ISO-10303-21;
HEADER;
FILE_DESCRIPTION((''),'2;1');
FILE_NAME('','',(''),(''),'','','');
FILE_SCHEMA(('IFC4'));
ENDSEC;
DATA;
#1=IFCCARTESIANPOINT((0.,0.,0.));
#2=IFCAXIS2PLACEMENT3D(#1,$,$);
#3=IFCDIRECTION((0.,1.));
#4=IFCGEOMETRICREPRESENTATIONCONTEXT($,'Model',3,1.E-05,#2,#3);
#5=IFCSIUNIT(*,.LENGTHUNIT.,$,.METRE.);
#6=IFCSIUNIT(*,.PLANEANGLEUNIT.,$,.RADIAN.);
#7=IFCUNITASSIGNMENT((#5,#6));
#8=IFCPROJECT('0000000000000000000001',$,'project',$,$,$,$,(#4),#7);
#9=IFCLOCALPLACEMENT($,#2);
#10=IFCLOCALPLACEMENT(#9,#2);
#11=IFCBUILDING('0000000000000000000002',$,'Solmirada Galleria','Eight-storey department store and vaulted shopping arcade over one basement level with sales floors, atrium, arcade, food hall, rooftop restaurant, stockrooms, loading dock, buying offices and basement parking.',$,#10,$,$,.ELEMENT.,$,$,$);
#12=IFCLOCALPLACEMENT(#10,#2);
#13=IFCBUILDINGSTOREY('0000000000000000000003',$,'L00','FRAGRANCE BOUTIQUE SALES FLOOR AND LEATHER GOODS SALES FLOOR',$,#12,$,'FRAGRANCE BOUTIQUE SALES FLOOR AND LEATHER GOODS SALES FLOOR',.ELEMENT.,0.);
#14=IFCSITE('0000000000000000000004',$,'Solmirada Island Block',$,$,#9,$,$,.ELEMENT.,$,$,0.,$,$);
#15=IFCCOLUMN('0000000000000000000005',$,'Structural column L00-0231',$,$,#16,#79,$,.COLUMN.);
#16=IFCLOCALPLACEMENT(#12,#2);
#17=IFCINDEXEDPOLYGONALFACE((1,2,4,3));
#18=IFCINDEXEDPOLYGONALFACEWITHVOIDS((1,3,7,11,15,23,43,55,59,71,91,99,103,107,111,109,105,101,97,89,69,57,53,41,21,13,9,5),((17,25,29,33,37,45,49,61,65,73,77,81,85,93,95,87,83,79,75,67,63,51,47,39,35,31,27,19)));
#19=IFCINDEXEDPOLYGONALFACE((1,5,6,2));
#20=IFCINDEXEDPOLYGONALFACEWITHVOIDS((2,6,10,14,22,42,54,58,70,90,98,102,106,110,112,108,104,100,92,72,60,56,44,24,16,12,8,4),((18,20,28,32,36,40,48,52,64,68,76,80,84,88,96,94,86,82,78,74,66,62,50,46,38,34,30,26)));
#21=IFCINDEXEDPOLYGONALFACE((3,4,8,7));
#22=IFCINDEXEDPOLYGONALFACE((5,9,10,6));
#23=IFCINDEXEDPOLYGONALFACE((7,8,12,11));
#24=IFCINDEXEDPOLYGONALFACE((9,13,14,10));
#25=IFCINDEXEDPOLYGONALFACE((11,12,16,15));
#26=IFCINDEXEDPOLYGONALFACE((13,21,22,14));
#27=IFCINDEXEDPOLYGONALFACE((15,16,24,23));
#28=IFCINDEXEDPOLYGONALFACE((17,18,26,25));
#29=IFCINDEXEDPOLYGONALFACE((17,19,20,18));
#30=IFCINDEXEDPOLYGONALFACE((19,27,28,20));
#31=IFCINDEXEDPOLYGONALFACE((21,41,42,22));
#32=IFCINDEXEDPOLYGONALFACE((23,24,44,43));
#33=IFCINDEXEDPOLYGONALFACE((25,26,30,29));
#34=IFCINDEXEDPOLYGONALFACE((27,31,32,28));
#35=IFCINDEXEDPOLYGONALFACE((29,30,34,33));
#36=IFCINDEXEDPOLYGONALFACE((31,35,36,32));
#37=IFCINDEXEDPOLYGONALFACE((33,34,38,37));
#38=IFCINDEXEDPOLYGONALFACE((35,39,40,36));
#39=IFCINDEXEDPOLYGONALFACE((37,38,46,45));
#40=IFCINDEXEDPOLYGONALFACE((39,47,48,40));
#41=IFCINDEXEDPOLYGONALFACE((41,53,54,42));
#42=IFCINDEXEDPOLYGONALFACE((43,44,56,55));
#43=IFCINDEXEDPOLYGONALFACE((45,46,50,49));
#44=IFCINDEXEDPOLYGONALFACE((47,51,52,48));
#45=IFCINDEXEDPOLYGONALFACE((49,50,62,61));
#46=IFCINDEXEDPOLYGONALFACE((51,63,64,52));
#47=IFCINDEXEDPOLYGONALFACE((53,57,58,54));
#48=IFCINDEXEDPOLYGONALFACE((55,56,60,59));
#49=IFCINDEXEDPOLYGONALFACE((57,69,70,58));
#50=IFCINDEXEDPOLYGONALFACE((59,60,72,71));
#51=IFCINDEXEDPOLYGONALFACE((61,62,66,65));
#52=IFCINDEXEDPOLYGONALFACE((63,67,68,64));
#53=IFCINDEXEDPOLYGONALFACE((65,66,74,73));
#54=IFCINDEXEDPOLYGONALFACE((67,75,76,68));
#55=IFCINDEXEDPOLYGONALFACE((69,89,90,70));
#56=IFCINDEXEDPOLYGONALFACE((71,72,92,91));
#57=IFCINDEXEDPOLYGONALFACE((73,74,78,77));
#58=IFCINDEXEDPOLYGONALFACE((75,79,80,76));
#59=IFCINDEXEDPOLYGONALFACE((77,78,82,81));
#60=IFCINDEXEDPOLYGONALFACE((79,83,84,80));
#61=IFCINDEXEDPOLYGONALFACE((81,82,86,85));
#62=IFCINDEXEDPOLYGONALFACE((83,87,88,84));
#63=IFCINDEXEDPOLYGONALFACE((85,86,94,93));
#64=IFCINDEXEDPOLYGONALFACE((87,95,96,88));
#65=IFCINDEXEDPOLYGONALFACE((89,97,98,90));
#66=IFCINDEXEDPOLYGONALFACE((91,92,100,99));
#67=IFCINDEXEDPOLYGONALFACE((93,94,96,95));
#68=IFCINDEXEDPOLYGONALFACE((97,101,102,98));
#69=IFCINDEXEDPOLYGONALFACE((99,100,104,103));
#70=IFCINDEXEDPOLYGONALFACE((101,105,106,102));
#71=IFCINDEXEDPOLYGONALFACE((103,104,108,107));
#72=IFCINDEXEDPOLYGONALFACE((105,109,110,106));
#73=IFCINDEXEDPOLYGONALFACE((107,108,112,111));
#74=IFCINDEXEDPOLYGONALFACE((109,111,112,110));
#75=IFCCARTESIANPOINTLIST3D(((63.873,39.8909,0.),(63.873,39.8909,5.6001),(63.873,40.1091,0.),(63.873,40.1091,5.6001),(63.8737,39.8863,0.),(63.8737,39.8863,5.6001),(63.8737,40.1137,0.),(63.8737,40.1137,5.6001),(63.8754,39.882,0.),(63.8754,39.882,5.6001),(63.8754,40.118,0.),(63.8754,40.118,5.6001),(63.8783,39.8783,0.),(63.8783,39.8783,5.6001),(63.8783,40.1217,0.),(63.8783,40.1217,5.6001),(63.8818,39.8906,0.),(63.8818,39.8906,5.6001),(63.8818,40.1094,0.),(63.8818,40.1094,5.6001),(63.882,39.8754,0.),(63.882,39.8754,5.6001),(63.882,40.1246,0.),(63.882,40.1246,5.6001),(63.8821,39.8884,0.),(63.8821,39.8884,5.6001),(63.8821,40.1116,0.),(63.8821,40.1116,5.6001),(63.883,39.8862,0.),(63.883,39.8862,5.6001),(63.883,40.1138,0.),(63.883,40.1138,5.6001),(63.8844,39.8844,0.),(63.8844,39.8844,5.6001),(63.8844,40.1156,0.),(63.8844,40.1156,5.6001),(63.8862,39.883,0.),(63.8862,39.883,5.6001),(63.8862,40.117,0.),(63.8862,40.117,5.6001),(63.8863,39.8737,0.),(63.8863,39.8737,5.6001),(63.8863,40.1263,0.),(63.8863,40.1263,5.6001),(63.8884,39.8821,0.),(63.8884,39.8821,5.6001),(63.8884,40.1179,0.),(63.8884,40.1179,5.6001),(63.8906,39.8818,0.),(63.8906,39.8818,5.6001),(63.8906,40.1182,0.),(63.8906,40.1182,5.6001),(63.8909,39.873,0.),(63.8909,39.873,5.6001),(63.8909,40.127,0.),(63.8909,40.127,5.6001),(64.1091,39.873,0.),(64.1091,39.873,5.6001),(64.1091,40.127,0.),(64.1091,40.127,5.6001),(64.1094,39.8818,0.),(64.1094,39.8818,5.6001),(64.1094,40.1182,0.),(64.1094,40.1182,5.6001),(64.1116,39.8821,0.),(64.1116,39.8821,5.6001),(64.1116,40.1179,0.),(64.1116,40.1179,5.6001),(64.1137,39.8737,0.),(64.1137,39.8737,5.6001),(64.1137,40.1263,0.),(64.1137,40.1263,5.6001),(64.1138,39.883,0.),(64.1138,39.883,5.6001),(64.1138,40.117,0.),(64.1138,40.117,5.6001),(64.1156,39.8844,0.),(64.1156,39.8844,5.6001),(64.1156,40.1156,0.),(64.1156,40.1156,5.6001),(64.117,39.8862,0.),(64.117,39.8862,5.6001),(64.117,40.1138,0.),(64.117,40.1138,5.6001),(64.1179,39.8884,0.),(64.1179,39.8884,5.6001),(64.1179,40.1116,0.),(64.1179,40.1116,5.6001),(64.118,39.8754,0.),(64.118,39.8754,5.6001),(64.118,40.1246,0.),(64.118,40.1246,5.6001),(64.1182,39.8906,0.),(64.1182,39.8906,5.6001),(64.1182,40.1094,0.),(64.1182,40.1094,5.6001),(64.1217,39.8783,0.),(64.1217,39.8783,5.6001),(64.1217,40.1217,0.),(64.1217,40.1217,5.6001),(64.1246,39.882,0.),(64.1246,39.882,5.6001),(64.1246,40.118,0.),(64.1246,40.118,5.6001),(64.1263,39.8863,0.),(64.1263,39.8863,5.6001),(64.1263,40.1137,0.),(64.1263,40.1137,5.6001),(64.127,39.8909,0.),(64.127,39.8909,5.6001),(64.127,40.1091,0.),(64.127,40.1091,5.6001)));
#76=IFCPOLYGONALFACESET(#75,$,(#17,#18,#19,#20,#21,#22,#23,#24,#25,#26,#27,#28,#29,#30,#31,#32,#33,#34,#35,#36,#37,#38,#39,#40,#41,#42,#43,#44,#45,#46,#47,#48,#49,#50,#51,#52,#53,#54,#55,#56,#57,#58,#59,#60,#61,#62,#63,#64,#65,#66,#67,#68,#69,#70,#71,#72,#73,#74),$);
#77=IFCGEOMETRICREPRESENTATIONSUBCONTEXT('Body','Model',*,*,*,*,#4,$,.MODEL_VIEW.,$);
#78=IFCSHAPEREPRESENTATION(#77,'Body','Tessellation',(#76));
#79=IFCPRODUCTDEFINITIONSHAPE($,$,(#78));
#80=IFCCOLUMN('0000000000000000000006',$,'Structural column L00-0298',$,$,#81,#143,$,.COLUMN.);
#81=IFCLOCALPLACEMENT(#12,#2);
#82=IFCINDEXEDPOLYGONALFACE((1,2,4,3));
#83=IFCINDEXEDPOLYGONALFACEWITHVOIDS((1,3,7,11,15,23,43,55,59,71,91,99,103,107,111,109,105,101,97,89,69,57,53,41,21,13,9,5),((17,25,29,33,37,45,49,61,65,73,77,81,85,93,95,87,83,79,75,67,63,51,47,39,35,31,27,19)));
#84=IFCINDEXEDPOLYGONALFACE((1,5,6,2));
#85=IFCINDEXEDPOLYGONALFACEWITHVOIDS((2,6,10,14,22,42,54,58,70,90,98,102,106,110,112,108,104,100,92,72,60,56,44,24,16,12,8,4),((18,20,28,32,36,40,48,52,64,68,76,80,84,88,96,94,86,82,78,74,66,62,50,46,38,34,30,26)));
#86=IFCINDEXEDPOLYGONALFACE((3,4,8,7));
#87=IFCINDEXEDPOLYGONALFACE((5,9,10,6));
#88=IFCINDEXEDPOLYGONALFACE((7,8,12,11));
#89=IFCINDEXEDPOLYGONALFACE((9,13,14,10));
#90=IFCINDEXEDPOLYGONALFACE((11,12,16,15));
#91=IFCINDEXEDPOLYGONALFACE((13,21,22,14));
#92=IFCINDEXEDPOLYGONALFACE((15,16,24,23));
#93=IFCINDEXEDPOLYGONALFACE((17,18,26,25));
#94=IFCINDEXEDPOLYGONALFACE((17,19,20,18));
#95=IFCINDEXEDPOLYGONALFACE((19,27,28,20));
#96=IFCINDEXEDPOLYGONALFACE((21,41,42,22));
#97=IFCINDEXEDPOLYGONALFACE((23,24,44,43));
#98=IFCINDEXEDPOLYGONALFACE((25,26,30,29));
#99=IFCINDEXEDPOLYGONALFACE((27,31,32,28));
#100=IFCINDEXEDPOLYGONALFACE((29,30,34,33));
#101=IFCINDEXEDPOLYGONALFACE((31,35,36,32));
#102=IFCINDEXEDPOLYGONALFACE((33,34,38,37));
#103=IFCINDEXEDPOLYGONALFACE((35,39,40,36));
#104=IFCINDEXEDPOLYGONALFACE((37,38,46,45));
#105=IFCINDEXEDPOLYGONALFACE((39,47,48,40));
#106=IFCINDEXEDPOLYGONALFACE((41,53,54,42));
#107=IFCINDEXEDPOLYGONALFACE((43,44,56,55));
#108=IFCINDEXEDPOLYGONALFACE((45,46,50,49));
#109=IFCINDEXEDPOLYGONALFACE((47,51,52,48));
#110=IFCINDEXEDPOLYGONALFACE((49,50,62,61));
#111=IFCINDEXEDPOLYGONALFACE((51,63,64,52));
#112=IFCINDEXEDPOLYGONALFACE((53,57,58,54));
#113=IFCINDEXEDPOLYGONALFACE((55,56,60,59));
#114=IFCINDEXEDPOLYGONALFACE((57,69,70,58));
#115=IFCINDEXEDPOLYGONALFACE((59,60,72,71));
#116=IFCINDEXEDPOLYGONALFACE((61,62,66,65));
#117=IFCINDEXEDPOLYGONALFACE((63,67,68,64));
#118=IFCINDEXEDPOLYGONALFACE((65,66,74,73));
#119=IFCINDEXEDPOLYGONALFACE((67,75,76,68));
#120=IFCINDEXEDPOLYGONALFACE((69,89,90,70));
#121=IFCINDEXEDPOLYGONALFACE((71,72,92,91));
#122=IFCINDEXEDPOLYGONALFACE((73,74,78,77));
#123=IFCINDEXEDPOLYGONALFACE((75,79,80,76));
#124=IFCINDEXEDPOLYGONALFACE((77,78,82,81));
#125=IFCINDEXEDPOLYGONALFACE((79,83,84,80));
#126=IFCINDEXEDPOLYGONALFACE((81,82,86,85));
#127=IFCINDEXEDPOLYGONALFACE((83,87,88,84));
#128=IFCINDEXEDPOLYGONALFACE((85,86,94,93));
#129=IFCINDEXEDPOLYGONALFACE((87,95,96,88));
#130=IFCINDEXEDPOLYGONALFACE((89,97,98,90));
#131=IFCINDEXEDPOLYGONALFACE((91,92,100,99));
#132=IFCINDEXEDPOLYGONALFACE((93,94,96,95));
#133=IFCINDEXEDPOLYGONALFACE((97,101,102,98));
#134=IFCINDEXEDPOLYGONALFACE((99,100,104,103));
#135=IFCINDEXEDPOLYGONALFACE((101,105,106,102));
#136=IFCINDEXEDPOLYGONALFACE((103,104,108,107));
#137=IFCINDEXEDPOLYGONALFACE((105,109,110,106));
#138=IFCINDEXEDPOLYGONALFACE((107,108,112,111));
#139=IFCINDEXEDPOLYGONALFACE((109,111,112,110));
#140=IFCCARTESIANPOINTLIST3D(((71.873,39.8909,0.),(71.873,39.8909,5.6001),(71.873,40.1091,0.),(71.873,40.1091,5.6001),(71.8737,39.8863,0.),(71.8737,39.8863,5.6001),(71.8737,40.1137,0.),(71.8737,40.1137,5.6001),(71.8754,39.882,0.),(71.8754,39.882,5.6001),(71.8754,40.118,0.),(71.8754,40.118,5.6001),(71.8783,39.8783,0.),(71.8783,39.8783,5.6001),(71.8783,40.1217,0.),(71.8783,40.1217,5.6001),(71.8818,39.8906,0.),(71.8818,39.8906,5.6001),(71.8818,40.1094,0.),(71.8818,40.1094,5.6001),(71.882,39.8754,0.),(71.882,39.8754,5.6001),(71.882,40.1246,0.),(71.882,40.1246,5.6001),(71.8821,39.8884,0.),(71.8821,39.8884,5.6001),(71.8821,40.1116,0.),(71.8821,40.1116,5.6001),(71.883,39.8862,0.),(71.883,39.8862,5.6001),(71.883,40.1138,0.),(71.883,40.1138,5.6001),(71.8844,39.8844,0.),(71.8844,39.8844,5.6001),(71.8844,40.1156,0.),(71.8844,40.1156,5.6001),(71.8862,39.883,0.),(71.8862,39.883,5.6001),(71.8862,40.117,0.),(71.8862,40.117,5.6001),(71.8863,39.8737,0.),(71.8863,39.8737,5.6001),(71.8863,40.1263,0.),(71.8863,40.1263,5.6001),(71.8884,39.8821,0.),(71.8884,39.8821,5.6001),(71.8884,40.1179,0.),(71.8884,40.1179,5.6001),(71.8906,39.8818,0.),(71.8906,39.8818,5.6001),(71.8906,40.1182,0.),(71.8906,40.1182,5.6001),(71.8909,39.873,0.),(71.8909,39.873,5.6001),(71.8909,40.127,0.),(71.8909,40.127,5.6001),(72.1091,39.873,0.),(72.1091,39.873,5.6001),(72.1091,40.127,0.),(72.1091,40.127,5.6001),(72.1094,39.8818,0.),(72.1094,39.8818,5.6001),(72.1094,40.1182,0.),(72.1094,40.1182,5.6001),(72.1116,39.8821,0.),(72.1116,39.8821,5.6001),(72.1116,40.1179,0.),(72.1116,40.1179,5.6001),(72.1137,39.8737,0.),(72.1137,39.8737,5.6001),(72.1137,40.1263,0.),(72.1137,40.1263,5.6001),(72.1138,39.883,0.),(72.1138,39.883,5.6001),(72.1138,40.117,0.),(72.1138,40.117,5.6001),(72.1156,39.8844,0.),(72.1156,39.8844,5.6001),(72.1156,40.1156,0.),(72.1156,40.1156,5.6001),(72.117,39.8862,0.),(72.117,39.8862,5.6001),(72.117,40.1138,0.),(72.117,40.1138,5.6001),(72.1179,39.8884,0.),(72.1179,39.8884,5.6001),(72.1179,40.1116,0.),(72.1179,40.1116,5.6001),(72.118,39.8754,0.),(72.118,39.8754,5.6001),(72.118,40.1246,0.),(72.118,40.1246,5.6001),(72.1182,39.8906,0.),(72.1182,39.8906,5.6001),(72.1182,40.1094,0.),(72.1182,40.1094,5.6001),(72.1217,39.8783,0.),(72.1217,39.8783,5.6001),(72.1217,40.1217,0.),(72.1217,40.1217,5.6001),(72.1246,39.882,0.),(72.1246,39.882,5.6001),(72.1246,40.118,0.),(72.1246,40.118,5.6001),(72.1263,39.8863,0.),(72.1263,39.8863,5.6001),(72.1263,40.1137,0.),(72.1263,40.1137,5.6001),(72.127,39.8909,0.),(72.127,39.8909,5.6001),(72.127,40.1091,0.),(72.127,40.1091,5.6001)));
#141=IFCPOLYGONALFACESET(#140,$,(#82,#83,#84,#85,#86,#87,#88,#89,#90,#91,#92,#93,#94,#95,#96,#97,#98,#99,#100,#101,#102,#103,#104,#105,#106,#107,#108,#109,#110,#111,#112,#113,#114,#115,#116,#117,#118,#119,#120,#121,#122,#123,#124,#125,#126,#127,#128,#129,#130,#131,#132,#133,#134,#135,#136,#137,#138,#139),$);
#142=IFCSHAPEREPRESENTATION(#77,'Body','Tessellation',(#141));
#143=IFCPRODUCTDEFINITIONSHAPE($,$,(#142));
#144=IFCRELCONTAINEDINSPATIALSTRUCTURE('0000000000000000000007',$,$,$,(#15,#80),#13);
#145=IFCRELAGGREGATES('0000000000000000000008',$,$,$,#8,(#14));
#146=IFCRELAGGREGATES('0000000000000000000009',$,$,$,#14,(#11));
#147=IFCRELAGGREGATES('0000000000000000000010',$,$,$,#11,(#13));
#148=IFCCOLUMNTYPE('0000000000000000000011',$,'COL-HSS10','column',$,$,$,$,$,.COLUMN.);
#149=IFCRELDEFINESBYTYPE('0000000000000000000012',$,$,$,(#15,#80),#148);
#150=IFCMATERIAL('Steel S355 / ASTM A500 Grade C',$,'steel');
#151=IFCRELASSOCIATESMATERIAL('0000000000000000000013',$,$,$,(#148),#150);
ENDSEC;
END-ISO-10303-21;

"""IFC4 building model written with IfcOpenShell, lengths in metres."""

from ifc_helpers import new_model, si_unit, direction, frame, origin, origin_2d, place, context, subcontext, project, spatial, hollow_rectangle, extrude, material, material_profile, profile_set, type_object, element, save


model = new_model("IFC4")

# Units and contexts
model_context = context("Model", 3, precision=1e-05, world=origin(), true_north=direction((0.0, 1.0)))
body_context = subcontext(model_context, "Body", "Model", "MODEL_VIEW")
ifc_project = project(units=[si_unit("LENGTHUNIT", "METRE"), si_unit("PLANEANGLEUNIT", "RADIAN")], contexts=[model_context])

# Site, building, storey
site_placement = place(None, origin())
site = spatial("IfcSite", under=ifc_project, at=site_placement, Name="Solmirada Island Block", CompositionType="ELEMENT", RefElevation=0.0)
building_placement = place(site_placement, origin())
building = spatial("IfcBuilding", under=site, at=building_placement, Name="Solmirada Galleria", Description="Eight-storey department store and vaulted shopping arcade over one basement level with sales floors, atrium, arcade, food hall, rooftop restaurant, stockrooms, loading dock, buying offices and basement parking.", CompositionType="ELEMENT")
storey_placement = place(building_placement, origin())
storey = spatial("IfcBuildingStorey", under=building, at=storey_placement, Name="L00", Description="FRAGRANCE BOUTIQUE SALES FLOOR AND LEATHER GOODS SALES FLOOR", LongName="FRAGRANCE BOUTIQUE SALES FLOOR AND LEATHER GOODS SALES FLOOR", CompositionType="ELEMENT", Elevation=0.0)

# Columns
ifc_material_1 = material(Name="Steel S355 / ASTM A500 Grade C", Category="steel")
ifc_material_profile_1 = material_profile(ifc_material_1, hollow_rectangle(XDim=0.2539, YDim=0.2539, WallThickness=0.0088, InnerFilletRadius=0.0088, OuterFilletRadius=0.0178, at=origin_2d()), Name="HSS10X10X3/8")
ifc_profile_set_1 = profile_set([ifc_material_profile_1], Name="Steel S355 / ASTM A500 Grade C")
column_type_1 = type_object("IfcColumnType", Name="COL-HSS10", Description="column", PredefinedType="COLUMN", material=ifc_profile_set_1)
for number, where, z_axis, x_axis, name in (
    (1, (64.0, 40.0, 0.0), (0.0, 0.0, 1.0), (1.0, 0.0, 0.0), "Structural column L00-0231"),
    (2, (72.0, 40.0, 0.0), (0.0, 0.0, 1.0), (1.0, 0.0, 0.0), "Structural column L00-0298"),
):
    element("IfcColumn", number, at=place(storey_placement, frame(where, z_axis=z_axis, x_axis=x_axis)), inside=storey, type_object=column_type_1, Name=name, PredefinedType="COLUMN", context=body_context, shape_type="SweptSolid", body=[
        extrude(hollow_rectangle(XDim=0.2539, YDim=0.2539, WallThickness=0.0088, InnerFilletRadius=0.0088, OuterFilletRadius=0.0178, at=origin_2d()), origin(), (0.0, 0.0, 1.0), 5.6001),
    ])

save(model, "model.ifc")
